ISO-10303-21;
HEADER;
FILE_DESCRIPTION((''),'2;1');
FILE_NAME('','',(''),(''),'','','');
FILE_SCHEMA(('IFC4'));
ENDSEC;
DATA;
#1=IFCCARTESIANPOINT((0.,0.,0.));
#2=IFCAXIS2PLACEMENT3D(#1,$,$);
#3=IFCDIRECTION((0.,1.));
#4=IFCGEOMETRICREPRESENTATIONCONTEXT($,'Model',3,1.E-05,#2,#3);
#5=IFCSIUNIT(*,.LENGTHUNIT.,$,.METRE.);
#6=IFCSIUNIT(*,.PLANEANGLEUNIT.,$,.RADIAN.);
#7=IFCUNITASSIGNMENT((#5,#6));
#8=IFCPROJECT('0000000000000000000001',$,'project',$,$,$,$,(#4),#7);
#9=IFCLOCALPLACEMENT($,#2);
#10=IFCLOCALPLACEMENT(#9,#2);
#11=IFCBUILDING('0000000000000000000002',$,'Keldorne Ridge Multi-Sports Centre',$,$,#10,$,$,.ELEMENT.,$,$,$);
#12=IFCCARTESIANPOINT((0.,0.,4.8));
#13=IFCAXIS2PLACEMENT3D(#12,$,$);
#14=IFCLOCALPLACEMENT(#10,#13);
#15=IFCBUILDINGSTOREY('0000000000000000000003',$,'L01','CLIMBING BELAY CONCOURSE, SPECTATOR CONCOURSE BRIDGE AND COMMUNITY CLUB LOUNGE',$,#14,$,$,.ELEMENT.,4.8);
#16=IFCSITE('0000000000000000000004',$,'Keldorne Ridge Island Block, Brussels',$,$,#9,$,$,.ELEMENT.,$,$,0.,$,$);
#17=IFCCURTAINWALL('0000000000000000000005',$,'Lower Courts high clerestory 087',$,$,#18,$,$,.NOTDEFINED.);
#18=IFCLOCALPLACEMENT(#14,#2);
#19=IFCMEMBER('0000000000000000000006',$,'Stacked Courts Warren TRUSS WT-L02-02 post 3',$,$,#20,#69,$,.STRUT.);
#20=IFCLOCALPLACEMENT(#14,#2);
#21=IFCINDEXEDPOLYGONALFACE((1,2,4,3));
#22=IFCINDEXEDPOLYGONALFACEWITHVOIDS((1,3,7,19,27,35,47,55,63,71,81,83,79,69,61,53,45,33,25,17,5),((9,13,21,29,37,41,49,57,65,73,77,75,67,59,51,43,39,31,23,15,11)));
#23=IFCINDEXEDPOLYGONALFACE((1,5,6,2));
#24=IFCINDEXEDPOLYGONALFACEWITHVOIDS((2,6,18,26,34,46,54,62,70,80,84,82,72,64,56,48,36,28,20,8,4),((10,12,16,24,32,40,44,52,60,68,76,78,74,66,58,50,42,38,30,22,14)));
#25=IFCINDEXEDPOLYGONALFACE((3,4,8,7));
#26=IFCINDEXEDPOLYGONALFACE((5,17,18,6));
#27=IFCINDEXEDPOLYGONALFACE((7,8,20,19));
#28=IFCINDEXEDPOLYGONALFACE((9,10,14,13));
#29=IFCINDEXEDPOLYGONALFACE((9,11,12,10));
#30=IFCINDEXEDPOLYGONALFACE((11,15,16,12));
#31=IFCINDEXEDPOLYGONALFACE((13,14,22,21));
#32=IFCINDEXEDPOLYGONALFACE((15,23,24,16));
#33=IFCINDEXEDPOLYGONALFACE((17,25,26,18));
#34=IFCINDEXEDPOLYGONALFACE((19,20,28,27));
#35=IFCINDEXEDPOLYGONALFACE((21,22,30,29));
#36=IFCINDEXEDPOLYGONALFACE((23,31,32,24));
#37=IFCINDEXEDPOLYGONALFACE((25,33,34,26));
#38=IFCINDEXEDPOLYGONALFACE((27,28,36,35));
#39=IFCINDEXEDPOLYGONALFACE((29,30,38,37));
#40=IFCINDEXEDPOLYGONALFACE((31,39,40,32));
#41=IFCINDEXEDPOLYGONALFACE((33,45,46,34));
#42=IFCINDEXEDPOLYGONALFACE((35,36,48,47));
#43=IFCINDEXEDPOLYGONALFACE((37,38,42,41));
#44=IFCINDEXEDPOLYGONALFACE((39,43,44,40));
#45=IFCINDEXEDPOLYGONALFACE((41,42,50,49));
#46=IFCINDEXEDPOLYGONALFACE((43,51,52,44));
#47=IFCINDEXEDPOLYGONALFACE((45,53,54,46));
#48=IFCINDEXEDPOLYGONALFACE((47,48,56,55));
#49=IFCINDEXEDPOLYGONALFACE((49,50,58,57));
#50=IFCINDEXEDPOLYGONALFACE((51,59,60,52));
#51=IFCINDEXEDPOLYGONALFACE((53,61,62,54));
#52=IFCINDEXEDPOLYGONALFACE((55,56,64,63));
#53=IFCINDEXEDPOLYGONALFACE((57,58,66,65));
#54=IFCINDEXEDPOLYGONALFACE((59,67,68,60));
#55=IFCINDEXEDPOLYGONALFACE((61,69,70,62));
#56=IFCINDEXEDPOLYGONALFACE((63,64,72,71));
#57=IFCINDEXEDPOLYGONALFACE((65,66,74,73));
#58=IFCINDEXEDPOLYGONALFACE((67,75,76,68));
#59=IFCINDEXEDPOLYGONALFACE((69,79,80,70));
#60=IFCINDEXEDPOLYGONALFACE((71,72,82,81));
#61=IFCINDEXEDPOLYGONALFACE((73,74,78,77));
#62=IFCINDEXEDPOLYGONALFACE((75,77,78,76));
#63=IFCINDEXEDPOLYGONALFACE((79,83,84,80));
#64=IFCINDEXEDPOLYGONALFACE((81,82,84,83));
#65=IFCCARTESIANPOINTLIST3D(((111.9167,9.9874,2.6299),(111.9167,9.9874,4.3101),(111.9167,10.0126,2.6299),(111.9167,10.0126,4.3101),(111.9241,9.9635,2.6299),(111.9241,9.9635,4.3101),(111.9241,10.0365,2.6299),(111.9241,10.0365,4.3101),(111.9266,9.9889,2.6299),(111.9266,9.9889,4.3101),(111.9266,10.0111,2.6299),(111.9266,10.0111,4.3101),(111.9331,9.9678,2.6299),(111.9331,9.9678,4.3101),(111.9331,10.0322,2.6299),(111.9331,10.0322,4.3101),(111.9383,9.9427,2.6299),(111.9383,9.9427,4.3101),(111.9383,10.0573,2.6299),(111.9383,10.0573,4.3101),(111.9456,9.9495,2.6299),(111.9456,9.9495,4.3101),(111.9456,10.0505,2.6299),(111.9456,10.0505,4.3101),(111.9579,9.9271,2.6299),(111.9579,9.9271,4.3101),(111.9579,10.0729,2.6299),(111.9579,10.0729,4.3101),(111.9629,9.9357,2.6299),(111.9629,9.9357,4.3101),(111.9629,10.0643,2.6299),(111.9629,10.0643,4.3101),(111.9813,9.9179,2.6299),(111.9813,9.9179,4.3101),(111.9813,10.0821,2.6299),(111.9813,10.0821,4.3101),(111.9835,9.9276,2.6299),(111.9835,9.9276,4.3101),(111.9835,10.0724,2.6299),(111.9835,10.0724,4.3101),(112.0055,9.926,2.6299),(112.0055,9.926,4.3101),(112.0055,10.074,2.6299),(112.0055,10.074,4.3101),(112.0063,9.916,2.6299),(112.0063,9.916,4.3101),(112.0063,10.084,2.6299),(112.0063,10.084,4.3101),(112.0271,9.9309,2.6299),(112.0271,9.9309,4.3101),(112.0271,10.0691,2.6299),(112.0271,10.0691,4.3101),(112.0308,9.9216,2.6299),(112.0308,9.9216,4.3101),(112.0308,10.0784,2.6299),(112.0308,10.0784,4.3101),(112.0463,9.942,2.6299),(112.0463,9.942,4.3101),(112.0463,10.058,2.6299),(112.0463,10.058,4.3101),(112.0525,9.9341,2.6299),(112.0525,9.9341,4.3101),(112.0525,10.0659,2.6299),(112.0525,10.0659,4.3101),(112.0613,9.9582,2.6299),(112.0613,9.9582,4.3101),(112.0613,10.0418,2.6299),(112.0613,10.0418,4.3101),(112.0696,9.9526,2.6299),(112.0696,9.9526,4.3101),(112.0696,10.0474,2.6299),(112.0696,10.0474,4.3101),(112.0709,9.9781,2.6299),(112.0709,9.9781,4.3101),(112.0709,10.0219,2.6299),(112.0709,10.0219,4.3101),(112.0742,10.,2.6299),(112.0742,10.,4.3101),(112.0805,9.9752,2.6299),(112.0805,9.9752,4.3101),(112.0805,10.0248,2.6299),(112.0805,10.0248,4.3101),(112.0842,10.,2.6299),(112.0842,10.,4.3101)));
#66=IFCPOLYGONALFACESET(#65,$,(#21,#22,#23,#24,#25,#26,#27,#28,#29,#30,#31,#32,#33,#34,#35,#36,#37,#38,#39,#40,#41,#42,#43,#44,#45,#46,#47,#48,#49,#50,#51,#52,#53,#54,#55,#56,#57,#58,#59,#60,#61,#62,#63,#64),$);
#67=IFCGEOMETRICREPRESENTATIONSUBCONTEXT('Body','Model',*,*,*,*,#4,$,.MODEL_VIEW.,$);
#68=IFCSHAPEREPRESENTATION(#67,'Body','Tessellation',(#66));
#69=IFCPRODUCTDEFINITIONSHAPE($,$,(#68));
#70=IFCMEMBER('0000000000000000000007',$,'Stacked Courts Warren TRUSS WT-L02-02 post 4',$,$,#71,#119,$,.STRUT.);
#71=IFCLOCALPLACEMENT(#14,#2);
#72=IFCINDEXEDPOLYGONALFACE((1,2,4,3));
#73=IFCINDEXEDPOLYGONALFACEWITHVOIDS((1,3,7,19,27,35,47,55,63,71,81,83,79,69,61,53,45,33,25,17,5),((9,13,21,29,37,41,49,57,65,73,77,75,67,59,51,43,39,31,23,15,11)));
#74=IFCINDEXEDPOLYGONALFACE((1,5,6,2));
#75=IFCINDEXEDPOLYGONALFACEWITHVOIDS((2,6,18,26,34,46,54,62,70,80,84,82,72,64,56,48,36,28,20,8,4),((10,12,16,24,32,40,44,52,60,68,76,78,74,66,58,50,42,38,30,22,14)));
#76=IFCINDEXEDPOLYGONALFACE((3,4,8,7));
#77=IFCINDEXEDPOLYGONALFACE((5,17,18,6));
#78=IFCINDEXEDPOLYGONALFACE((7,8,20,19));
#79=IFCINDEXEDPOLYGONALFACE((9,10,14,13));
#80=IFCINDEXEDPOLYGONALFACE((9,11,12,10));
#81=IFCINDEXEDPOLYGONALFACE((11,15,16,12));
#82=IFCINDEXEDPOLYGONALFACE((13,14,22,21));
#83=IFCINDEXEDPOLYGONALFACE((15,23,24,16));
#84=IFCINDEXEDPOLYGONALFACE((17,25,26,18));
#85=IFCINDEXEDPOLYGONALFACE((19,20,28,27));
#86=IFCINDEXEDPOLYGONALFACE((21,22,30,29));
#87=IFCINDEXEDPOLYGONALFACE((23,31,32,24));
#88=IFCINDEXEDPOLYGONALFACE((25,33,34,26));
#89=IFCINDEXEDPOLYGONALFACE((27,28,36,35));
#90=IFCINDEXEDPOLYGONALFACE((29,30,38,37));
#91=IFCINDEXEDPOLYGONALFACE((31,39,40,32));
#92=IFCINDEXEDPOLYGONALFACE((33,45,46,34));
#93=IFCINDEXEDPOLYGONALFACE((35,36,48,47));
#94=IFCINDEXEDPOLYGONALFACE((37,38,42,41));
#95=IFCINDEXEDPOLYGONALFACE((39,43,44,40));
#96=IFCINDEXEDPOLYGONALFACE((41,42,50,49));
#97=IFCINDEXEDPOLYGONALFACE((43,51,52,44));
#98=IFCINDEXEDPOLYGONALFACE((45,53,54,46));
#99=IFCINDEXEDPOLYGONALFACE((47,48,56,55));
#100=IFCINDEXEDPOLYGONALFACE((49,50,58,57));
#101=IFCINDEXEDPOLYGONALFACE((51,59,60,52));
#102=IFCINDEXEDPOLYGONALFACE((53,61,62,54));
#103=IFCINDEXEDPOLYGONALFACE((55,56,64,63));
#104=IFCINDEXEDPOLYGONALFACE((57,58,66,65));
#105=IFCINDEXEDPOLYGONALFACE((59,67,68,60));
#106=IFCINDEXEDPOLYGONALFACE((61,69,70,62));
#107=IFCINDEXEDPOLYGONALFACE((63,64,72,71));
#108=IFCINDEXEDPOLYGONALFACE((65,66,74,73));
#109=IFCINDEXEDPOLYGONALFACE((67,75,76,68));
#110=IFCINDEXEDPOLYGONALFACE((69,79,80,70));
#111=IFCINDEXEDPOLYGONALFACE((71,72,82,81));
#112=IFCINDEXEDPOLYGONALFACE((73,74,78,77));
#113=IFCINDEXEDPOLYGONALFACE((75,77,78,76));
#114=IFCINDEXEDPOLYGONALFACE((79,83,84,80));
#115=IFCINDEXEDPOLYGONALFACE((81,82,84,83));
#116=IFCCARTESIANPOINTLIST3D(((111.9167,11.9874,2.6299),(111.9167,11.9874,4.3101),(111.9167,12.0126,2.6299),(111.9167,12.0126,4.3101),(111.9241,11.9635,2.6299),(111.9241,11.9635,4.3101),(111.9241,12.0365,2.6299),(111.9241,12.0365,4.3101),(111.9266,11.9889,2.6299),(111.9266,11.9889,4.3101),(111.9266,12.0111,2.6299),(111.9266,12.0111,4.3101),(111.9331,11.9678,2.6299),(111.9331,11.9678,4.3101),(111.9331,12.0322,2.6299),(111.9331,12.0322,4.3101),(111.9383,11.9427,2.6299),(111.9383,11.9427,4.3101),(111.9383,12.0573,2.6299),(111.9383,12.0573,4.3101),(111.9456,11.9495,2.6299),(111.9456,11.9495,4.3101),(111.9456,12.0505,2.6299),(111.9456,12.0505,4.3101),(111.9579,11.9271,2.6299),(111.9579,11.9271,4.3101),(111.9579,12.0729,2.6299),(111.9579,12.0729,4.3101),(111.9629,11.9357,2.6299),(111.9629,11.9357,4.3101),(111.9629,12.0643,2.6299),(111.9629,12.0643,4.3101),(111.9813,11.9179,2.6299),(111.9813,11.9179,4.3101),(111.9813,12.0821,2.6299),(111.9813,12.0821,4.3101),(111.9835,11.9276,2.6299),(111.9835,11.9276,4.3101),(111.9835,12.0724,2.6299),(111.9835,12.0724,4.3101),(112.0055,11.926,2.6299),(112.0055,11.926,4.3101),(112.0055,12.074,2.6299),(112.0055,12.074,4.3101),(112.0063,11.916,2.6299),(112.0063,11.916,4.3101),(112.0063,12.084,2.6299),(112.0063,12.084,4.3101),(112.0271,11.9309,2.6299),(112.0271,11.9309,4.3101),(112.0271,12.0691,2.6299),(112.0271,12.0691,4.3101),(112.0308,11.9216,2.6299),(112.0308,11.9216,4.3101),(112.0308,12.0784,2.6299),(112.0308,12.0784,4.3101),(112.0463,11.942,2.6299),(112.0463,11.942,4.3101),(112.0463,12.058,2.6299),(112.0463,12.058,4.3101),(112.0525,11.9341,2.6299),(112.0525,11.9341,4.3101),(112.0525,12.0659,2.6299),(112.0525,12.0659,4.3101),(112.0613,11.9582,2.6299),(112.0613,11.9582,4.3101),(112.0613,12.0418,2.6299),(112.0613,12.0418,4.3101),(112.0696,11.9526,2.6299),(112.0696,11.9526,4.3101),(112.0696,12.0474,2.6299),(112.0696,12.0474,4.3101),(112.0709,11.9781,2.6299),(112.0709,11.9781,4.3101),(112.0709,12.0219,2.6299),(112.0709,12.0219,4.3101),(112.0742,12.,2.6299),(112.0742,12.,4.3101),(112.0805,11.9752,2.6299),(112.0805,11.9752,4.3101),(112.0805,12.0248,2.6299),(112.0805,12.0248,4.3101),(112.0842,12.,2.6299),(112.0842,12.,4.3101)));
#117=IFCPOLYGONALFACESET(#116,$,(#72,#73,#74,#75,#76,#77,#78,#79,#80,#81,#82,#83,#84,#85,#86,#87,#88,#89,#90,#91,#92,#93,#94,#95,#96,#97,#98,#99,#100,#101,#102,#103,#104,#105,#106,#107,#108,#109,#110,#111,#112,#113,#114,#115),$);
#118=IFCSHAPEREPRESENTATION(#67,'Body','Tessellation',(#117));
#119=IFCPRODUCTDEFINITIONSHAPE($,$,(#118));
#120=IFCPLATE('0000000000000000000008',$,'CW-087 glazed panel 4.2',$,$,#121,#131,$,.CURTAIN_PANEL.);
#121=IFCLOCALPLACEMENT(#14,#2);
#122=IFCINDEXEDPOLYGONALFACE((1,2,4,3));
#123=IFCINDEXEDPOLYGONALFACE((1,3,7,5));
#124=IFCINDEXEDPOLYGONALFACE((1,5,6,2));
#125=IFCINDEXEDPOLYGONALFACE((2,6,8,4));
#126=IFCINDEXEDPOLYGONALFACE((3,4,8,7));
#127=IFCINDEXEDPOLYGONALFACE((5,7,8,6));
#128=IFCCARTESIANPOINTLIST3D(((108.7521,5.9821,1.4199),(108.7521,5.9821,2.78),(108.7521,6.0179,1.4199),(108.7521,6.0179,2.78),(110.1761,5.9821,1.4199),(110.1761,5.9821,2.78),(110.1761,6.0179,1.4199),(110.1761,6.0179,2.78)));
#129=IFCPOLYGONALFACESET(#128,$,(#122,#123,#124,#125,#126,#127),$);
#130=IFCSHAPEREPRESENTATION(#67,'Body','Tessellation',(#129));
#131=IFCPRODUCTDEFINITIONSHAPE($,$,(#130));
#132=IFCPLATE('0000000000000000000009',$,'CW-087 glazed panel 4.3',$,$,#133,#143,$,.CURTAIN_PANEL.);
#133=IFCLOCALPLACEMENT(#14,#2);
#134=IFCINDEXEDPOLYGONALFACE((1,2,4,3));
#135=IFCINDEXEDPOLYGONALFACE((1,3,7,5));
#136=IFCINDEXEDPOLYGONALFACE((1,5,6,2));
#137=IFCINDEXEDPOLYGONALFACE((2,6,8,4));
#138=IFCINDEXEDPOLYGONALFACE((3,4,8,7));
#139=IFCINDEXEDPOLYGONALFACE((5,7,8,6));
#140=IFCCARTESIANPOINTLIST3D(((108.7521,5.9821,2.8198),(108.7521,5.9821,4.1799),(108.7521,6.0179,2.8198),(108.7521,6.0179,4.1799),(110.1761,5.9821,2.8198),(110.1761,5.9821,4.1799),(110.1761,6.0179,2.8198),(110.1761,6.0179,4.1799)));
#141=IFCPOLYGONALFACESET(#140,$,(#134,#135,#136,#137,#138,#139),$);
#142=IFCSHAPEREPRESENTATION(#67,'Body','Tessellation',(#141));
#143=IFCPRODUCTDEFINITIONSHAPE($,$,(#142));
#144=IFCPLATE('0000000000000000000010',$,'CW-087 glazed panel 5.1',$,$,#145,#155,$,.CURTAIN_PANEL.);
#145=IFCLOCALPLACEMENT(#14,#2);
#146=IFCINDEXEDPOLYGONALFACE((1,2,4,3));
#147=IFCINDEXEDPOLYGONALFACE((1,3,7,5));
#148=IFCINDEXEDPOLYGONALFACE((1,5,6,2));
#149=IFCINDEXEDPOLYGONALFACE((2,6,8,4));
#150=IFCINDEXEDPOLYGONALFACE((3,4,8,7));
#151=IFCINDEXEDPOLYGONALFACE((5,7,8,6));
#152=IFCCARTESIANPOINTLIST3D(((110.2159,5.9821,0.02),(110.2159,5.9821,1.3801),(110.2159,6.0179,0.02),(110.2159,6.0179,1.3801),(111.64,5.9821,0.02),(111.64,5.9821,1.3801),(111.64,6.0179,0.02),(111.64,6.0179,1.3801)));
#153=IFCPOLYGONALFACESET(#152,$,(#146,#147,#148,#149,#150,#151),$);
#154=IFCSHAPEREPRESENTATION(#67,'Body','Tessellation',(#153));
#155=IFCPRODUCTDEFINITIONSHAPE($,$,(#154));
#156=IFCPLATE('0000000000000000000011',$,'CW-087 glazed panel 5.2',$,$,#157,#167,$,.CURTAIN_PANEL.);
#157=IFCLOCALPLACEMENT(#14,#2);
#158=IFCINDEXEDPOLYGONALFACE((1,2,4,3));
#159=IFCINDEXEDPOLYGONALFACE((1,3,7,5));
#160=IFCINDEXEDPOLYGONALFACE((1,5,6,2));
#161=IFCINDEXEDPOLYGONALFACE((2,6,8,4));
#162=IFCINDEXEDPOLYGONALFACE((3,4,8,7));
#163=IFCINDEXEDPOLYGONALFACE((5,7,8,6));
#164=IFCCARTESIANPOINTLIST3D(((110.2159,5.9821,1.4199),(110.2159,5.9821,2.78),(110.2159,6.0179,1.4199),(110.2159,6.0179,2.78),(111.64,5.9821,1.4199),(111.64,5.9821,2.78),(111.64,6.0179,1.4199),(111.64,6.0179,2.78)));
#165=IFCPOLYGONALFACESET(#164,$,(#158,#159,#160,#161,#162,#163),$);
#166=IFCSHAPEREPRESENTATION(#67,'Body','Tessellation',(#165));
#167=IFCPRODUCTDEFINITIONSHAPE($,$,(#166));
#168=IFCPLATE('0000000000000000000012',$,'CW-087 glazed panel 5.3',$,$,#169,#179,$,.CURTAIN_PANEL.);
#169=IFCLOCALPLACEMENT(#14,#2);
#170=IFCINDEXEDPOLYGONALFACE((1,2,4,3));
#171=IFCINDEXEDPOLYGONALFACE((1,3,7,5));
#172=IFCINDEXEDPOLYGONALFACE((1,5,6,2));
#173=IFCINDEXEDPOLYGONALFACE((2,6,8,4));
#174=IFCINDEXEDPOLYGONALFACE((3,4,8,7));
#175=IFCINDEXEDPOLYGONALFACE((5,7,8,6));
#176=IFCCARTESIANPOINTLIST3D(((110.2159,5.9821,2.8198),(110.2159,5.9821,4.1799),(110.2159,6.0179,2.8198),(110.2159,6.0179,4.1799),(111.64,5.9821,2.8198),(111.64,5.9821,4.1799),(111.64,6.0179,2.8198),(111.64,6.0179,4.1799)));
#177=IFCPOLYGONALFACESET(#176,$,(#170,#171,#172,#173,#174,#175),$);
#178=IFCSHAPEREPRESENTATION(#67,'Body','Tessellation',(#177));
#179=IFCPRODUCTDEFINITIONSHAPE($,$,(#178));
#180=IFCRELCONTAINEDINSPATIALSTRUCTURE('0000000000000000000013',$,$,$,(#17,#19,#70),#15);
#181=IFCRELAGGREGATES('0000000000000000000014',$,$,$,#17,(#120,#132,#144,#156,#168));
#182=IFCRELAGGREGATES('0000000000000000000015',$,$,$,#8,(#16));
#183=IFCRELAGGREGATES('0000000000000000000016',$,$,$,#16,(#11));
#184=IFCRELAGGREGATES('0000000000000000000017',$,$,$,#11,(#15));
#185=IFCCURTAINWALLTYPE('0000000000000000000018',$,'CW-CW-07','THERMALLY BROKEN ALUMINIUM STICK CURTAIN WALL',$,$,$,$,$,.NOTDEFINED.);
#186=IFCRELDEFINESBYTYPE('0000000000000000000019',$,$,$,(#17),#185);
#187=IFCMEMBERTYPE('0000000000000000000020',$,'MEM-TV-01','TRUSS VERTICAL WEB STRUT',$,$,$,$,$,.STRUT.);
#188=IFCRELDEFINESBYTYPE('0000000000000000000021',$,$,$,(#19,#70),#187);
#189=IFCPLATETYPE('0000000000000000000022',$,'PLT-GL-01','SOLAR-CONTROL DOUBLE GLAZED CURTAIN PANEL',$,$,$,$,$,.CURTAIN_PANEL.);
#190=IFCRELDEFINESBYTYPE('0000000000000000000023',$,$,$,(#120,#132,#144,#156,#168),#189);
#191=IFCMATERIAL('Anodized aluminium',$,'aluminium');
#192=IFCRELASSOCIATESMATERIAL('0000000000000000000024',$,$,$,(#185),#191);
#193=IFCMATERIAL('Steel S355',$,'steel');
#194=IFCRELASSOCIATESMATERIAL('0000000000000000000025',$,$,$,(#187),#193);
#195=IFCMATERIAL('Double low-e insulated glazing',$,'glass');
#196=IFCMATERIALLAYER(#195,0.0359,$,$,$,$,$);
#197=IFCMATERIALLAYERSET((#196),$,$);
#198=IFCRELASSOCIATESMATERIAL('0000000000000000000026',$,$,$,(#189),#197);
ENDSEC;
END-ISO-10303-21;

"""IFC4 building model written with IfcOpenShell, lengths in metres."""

from ifc_helpers import new_model, si_unit, direction, frame, origin, origin_2d, place, context, subcontext, project, spatial, rectangle, hollow_circle, extrude, material, layer, layer_set, material_profile, profile_set, type_object, element, aggregate, save


model = new_model("IFC4")

# Units and contexts
model_context = context("Model", 3, precision=1e-05, world=origin(), true_north=direction((0.0, 1.0)))
body_context = subcontext(model_context, "Body", "Model", "MODEL_VIEW")
ifc_project = project(units=[si_unit("LENGTHUNIT", "METRE"), si_unit("PLANEANGLEUNIT", "RADIAN")], contexts=[model_context])

# Site, building, storey
site_placement = place(None, origin())
site = spatial("IfcSite", under=ifc_project, at=site_placement, Name="Keldorne Ridge Island Block, Brussels", CompositionType="ELEMENT", RefElevation=0.0)
building_placement = place(site_placement, origin())
building = spatial("IfcBuilding", under=site, at=building_placement, Name="Keldorne Ridge Multi-Sports Centre", CompositionType="ELEMENT")
storey_placement = place(building_placement, frame((0.0, 0.0, 4.8)))
storey = spatial("IfcBuildingStorey", under=building, at=storey_placement, Name="L01", Description="CLIMBING BELAY CONCOURSE, SPECTATOR CONCOURSE BRIDGE AND COMMUNITY CLUB LOUNGE", CompositionType="ELEMENT", Elevation=4.8)

# Shared definitions
ifc_material_1 = material(Name="Steel S355", Category="steel")

# Curtain wall
ifc_material_2 = material(Name="Anodized aluminium", Category="aluminium")
curtain_wall_type = type_object("IfcCurtainWallType", Name="CW-CW-07", Description="THERMALLY BROKEN ALUMINIUM STICK CURTAIN WALL", PredefinedType="NOTDEFINED", material=ifc_material_2)
curtain_wall_placement = place(storey_placement, origin())
curtain_wall = element("IfcCurtainWall", 1, at=curtain_wall_placement, inside=storey, type_object=curtain_wall_type, Name="Lower Courts high clerestory 087", PredefinedType="NOTDEFINED")

# Members
ifc_material_profile_1 = material_profile(ifc_material_1, hollow_circle(Radius=0.0842, WallThickness=0.01, at=origin_2d()), Name="CHS 168.3x10")
ifc_profile_set_1 = profile_set([ifc_material_profile_1], Name="Steel S355")
member_type_1 = type_object("IfcMemberType", Name="MEM-TV-01", Description="TRUSS VERTICAL WEB STRUT", PredefinedType="STRUT", material=ifc_profile_set_1)
for number, where, z_axis, x_axis, name in (
    (2, (112.0, 10.0, 2.6299), (0.0, 0.0, 1.0), (1.0, 0.0, 0.0), "Stacked Courts Warren TRUSS WT-L02-02 post 3"),
    (3, (112.0, 12.0, 2.6299), (0.0, 0.0, 1.0), (1.0, 0.0, 0.0), "Stacked Courts Warren TRUSS WT-L02-02 post 4"),
):
    element("IfcMember", number, at=place(storey_placement, frame(where, z_axis=z_axis, x_axis=x_axis)), inside=storey, type_object=member_type_1, Name=name, PredefinedType="STRUT", context=body_context, shape_type="SweptSolid", body=[
        extrude(hollow_circle(Radius=0.0842, WallThickness=0.01, at=origin_2d()), origin(), (0.0, 0.0, 1.0), 1.6802),
    ])

# Plates
ifc_material_3 = material(Name="Double low-e insulated glazing", Category="glass")
ifc_layer = layer(ifc_material_3, 0.0359)
ifc_layer_set = layer_set([ifc_layer])
plate_type = type_object("IfcPlateType", Name="PLT-GL-01", Description="SOLAR-CONTROL DOUBLE GLAZED CURTAIN PANEL", PredefinedType="CURTAIN_PANEL", material=ifc_layer_set)
plate_1_placement = place(storey_placement, frame((109.4641, 6.0, 1.4199), z_axis=(0.0, 0.0, 1.0), x_axis=(1.0, 0.0, 0.0)))
plate_1 = element("IfcPlate", 4, at=plate_1_placement, type_object=plate_type, Name="CW-087 glazed panel 4.2", PredefinedType="CURTAIN_PANEL", context=body_context, shape_type="SweptSolid", body=[
    extrude(rectangle(XDim=1.4241, YDim=0.0359, at=origin_2d()), origin(), (0.0, 0.0, 1.0), 1.3601),
])
plate_2_placement = place(storey_placement, frame((109.4641, 6.0, 2.8198), z_axis=(0.0, 0.0, 1.0), x_axis=(1.0, 0.0, 0.0)))
plate_2 = element("IfcPlate", 5, at=plate_2_placement, type_object=plate_type, Name="CW-087 glazed panel 4.3", PredefinedType="CURTAIN_PANEL", context=body_context, shape_type="SweptSolid", body=[
    extrude(rectangle(XDim=1.4241, YDim=0.0359, at=origin_2d()), origin(), (0.0, 0.0, 1.0), 1.3601),
])
plate_3_placement = place(storey_placement, frame((110.928, 6.0, 0.02), z_axis=(0.0, 0.0, 1.0), x_axis=(1.0, 0.0, 0.0)))
plate_3 = element("IfcPlate", 6, at=plate_3_placement, type_object=plate_type, Name="CW-087 glazed panel 5.1", PredefinedType="CURTAIN_PANEL", context=body_context, shape_type="SweptSolid", body=[
    extrude(rectangle(XDim=1.4241, YDim=0.0359, at=origin_2d()), origin(), (0.0, 0.0, 1.0), 1.3601),
])
plate_4_placement = place(storey_placement, frame((110.928, 6.0, 1.4199), z_axis=(0.0, 0.0, 1.0), x_axis=(1.0, 0.0, 0.0)))
plate_4 = element("IfcPlate", 7, at=plate_4_placement, type_object=plate_type, Name="CW-087 glazed panel 5.2", PredefinedType="CURTAIN_PANEL", context=body_context, shape_type="SweptSolid", body=[
    extrude(rectangle(XDim=1.4241, YDim=0.0359, at=origin_2d()), origin(), (0.0, 0.0, 1.0), 1.3601),
])
plate_5_placement = place(storey_placement, frame((110.928, 6.0, 2.8198), z_axis=(0.0, 0.0, 1.0), x_axis=(1.0, 0.0, 0.0)))
plate_5 = element("IfcPlate", 8, at=plate_5_placement, type_object=plate_type, Name="CW-087 glazed panel 5.3", PredefinedType="CURTAIN_PANEL", context=body_context, shape_type="SweptSolid", body=[
    extrude(rectangle(XDim=1.4241, YDim=0.0359, at=origin_2d()), origin(), (0.0, 0.0, 1.0), 1.3601),
])
aggregate(curtain_wall, [plate_1, plate_2, plate_3, plate_4, plate_5])

save(model, "model.ifc")
